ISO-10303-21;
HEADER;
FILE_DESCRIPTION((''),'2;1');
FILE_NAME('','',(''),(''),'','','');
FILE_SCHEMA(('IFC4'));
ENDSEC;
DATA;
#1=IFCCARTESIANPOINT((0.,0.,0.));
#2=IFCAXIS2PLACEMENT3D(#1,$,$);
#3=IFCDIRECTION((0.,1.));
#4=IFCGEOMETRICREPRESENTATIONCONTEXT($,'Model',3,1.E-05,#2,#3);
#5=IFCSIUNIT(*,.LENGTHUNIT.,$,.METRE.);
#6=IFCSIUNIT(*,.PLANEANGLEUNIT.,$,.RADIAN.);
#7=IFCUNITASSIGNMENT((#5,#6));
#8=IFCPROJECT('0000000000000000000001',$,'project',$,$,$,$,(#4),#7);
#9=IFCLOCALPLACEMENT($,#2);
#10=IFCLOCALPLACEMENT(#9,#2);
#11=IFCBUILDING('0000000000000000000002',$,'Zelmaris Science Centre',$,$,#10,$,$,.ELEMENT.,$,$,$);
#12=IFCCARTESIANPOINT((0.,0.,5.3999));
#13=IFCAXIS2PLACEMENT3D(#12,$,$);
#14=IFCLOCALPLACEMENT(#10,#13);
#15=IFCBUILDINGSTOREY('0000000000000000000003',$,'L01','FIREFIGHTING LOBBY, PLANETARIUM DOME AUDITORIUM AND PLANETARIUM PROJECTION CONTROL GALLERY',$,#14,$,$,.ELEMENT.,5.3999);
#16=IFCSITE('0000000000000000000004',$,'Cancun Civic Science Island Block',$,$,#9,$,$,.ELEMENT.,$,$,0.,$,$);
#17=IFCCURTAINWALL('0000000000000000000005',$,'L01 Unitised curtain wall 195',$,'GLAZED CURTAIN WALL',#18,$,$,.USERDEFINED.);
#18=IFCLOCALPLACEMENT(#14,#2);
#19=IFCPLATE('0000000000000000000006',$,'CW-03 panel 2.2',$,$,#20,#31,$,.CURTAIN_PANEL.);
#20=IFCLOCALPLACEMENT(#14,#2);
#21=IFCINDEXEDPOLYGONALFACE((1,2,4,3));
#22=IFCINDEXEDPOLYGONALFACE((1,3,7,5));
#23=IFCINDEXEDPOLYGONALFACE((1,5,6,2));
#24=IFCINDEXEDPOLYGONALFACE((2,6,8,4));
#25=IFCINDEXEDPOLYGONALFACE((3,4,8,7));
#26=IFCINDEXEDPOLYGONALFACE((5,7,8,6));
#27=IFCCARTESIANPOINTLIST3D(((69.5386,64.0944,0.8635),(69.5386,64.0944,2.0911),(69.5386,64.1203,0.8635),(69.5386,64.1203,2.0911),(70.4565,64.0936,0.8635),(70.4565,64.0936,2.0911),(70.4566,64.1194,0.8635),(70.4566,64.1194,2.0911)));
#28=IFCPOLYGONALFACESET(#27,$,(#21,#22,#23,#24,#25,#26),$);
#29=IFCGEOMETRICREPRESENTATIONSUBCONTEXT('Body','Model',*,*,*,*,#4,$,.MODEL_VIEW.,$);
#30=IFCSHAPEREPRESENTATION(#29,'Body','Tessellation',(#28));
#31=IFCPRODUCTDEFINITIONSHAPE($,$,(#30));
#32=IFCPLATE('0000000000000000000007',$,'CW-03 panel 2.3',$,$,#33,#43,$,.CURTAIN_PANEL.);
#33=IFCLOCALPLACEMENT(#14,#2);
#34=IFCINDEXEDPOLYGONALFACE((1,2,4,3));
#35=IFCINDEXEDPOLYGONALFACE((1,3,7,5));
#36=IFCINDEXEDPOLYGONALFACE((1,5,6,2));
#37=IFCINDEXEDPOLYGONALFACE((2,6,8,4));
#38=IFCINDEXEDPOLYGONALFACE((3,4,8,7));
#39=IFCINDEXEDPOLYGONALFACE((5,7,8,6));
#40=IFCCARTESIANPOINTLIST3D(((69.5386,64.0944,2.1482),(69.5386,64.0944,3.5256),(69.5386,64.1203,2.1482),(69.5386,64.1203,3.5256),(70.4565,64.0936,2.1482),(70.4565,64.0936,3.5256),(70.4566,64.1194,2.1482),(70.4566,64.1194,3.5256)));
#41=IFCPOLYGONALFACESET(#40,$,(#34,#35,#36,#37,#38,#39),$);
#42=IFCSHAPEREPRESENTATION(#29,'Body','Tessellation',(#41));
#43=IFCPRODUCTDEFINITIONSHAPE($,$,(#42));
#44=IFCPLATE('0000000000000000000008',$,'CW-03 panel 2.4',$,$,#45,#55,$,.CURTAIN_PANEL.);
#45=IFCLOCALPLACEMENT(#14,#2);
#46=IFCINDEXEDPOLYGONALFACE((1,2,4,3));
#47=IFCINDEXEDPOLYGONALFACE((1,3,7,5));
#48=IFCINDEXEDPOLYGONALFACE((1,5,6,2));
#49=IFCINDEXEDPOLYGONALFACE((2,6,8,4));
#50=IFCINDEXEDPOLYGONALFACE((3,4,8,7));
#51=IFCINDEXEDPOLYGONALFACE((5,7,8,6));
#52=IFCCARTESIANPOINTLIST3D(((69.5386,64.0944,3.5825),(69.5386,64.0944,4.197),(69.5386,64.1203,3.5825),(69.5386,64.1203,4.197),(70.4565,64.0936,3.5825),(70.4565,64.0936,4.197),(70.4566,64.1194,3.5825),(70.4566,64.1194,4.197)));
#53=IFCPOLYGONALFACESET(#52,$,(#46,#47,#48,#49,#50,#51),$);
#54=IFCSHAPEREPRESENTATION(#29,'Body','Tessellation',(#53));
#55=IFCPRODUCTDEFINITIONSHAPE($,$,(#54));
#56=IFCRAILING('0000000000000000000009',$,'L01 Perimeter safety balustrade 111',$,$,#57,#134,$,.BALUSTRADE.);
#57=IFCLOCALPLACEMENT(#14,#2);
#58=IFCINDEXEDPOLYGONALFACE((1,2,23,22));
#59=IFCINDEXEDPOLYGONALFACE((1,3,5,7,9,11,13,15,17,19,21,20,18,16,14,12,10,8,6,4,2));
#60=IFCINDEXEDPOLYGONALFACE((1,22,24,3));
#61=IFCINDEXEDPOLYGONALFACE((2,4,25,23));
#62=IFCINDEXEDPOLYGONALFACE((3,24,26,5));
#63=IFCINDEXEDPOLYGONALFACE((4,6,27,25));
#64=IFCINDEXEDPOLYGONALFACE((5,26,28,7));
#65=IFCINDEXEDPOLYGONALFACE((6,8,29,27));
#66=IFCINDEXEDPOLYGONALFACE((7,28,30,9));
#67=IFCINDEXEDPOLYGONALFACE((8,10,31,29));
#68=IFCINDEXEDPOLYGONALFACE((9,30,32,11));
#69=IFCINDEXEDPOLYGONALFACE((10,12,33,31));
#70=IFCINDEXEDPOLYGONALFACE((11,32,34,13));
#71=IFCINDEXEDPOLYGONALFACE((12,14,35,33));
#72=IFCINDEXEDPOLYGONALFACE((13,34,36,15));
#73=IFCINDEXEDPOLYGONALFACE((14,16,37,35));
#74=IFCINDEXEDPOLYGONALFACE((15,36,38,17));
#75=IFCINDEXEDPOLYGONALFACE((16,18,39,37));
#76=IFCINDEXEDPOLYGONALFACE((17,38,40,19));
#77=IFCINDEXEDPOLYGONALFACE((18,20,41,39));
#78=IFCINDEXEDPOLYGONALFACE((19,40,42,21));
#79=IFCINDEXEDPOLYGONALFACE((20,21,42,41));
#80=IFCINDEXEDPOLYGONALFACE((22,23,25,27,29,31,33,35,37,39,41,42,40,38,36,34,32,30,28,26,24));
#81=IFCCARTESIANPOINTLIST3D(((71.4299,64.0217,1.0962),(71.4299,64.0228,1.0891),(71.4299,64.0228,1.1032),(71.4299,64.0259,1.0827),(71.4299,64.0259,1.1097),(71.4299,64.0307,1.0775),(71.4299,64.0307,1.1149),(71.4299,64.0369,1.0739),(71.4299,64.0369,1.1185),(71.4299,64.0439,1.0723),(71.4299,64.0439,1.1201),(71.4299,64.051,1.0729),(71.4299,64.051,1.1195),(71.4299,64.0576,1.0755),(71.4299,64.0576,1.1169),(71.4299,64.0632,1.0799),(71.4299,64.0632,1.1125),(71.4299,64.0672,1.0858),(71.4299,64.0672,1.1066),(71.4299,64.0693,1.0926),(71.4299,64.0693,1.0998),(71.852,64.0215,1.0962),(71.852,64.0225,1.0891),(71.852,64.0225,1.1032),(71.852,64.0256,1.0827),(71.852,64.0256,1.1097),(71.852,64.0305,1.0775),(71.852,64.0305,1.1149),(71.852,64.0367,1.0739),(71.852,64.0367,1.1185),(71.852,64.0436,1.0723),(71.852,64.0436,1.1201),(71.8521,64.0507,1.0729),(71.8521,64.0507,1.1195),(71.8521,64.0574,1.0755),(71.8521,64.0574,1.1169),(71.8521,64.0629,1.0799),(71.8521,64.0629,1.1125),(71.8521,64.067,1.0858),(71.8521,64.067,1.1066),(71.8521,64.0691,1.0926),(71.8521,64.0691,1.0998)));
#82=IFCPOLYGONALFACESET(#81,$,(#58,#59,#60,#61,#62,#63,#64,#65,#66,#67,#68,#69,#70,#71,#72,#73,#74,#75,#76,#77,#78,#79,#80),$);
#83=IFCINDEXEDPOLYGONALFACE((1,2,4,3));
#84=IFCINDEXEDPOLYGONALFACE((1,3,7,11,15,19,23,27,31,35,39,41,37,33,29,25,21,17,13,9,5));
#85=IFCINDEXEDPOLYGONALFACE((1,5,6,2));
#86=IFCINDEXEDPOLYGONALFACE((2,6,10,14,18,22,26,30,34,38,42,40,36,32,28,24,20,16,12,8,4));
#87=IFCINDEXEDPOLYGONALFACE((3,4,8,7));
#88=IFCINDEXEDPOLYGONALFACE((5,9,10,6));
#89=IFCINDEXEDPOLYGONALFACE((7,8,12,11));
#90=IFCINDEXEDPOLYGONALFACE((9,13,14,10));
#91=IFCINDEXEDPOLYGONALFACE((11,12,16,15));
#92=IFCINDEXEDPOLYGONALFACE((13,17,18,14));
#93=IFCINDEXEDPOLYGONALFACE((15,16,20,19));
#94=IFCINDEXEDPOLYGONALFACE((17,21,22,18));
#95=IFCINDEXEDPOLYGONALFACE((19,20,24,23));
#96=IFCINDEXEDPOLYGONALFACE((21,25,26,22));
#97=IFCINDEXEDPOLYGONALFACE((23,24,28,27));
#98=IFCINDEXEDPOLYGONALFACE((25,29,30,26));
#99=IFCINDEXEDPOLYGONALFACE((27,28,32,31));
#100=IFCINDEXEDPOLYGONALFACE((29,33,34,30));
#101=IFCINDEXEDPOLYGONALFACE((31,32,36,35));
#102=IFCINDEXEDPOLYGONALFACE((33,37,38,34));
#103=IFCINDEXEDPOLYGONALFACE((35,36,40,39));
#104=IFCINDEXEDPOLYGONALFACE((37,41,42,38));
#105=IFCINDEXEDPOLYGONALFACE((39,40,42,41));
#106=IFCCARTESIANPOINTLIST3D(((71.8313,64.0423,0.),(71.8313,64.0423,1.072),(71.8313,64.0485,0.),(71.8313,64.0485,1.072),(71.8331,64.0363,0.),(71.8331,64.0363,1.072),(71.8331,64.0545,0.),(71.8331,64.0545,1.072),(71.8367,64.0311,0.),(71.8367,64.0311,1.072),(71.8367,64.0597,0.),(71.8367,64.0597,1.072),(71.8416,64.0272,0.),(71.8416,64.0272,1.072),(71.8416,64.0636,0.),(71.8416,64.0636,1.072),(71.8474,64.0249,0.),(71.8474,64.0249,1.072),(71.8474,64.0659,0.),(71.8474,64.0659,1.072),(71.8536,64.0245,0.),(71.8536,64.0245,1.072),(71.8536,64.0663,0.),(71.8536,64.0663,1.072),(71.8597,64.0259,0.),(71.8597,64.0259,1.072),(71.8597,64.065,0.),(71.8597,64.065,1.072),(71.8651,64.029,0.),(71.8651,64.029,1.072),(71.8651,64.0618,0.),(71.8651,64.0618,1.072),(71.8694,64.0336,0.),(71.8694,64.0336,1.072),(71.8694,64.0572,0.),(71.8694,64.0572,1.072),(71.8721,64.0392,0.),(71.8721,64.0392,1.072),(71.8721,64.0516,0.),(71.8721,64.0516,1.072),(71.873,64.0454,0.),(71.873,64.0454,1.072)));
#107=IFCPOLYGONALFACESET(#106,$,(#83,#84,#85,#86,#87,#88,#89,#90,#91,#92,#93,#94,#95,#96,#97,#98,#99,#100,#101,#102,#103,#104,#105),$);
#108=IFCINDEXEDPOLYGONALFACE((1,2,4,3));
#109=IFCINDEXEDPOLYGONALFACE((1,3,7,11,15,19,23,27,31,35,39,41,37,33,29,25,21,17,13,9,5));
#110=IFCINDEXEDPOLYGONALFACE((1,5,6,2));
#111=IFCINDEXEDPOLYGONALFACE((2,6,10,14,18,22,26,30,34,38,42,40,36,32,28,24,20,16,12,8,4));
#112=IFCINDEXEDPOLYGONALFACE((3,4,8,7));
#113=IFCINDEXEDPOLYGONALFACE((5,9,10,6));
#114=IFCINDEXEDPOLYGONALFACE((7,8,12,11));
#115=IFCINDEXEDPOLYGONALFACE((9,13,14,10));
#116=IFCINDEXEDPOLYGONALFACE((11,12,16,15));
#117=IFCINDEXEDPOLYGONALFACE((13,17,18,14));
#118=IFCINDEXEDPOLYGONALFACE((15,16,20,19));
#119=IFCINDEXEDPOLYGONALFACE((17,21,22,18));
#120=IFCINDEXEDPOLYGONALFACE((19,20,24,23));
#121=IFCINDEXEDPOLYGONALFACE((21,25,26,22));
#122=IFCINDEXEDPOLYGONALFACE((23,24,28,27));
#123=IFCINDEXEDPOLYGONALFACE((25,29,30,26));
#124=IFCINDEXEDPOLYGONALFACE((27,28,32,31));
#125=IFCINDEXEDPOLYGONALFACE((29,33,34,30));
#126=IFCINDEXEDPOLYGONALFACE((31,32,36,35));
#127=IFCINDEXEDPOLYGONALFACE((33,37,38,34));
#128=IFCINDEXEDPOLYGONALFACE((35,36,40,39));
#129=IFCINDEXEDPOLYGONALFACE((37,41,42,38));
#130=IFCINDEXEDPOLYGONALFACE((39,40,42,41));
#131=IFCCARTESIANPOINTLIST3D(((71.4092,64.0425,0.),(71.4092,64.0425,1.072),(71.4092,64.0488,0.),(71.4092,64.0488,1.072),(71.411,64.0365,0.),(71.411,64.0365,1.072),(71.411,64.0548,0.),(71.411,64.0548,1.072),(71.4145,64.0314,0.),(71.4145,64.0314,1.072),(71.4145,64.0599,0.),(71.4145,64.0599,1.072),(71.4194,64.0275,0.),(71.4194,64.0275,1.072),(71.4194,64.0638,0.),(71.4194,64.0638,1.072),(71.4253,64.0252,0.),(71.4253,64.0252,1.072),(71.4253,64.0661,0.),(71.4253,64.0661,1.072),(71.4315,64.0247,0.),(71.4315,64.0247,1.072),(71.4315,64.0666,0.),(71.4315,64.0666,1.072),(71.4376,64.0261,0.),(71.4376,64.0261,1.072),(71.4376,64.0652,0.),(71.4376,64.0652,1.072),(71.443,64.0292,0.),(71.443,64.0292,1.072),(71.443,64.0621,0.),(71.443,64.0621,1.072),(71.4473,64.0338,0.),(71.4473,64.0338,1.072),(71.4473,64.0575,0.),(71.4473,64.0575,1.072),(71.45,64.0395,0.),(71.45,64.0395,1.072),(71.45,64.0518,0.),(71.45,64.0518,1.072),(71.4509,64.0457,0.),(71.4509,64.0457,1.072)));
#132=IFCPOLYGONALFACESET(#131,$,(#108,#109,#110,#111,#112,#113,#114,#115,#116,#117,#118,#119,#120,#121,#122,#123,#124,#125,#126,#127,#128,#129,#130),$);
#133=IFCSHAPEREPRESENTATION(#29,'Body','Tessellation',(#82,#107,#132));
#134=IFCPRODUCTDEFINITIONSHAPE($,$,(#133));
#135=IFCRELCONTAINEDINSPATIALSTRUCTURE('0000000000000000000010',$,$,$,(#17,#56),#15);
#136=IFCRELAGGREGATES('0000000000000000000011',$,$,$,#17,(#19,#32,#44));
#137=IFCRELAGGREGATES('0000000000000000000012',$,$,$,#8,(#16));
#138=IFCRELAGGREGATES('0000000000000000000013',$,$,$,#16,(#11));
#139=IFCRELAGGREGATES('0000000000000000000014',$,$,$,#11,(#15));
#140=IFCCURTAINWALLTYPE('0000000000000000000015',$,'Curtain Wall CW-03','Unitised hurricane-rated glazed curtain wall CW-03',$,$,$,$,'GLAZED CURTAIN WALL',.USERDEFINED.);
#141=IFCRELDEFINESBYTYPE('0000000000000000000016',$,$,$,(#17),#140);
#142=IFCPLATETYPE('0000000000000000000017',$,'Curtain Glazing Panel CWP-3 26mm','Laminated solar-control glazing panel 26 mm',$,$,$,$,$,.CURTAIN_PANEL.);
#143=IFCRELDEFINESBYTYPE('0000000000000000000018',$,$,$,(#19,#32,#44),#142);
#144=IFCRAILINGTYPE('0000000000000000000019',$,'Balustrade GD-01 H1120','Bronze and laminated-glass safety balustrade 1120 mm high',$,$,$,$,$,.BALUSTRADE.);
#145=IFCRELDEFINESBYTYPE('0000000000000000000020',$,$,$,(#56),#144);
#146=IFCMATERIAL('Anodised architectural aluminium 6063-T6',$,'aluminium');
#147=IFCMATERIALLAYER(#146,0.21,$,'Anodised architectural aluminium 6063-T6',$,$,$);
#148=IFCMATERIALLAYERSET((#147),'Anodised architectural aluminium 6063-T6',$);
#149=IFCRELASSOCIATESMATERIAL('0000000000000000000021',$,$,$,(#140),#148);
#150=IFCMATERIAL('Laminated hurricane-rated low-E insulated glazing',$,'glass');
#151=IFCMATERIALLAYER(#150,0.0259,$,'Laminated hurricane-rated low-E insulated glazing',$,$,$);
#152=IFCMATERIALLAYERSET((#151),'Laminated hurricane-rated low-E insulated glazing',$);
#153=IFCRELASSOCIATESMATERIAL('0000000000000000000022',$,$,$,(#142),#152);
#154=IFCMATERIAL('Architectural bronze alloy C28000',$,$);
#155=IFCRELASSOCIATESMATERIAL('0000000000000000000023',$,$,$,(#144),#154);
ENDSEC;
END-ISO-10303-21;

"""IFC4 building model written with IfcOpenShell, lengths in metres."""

from ifc_helpers import new_model, si_unit, direction, frame, origin, origin_2d, place, context, subcontext, project, spatial, rectangle, circle, extrude, material, layer, layer_set, type_object, element, aggregate, save


model = new_model("IFC4")

# Units and contexts
model_context = context("Model", 3, precision=1e-05, world=origin(), true_north=direction((0.0, 1.0)))
body_context = subcontext(model_context, "Body", "Model", "MODEL_VIEW")
ifc_project = project(units=[si_unit("LENGTHUNIT", "METRE"), si_unit("PLANEANGLEUNIT", "RADIAN")], contexts=[model_context])

# Site, building, storey
site_placement = place(None, origin())
site = spatial("IfcSite", under=ifc_project, at=site_placement, Name="Cancun Civic Science Island Block", CompositionType="ELEMENT", RefElevation=0.0)
building_placement = place(site_placement, origin())
building = spatial("IfcBuilding", under=site, at=building_placement, Name="Zelmaris Science Centre", CompositionType="ELEMENT")
storey_placement = place(building_placement, frame((0.0, 0.0, 5.3999)))
storey = spatial("IfcBuildingStorey", under=building, at=storey_placement, Name="L01", Description="FIREFIGHTING LOBBY, PLANETARIUM DOME AUDITORIUM AND PLANETARIUM PROJECTION CONTROL GALLERY", CompositionType="ELEMENT", Elevation=5.3999)

# Curtain wall
ifc_material_1 = material(Name="Anodised architectural aluminium 6063-T6", Category="aluminium")
ifc_layer_1 = layer(ifc_material_1, 0.21, Name="Anodised architectural aluminium 6063-T6")
ifc_layer_set_1 = layer_set([ifc_layer_1], Name="Anodised architectural aluminium 6063-T6")
curtain_wall_type = type_object("IfcCurtainWallType", Name="Curtain Wall CW-03", Description="Unitised hurricane-rated glazed curtain wall CW-03", ElementType="GLAZED CURTAIN WALL", PredefinedType="USERDEFINED", material=ifc_layer_set_1)
curtain_wall_placement = place(storey_placement, origin())
curtain_wall = element("IfcCurtainWall", 1, at=curtain_wall_placement, inside=storey, type_object=curtain_wall_type, Name="L01 Unitised curtain wall 195", ObjectType="GLAZED CURTAIN WALL", PredefinedType="USERDEFINED")

# Plates
ifc_material_2 = material(Name="Laminated hurricane-rated low-E insulated glazing", Category="glass")
ifc_layer_2 = layer(ifc_material_2, 0.0259, Name="Laminated hurricane-rated low-E insulated glazing")
ifc_layer_set_2 = layer_set([ifc_layer_2], Name="Laminated hurricane-rated low-E insulated glazing")
plate_type = type_object("IfcPlateType", Name="Curtain Glazing Panel CWP-3 26mm", Description="Laminated solar-control glazing panel 26 mm", PredefinedType="CURTAIN_PANEL", material=ifc_layer_set_2)
plate_1_placement = place(storey_placement, frame((69.9976, 64.1069, 0.8635), z_axis=(0.0, 0.0, 1.0), x_axis=(-1.0, 0.000923, 0.0)))
plate_1 = element("IfcPlate", 2, at=plate_1_placement, type_object=plate_type, Name="CW-03 panel 2.2", PredefinedType="CURTAIN_PANEL", context=body_context, shape_type="SweptSolid", body=[
    extrude(rectangle(XDim=0.918, YDim=0.0259, at=origin_2d()), origin(), (0.0, 0.0, 1.0), 1.2275),
])
plate_2_placement = place(storey_placement, frame((69.9976, 64.1069, 2.1482), z_axis=(0.0, 0.0, 1.0), x_axis=(-1.0, 0.000923, 0.0)))
plate_2 = element("IfcPlate", 3, at=plate_2_placement, type_object=plate_type, Name="CW-03 panel 2.3", PredefinedType="CURTAIN_PANEL", context=body_context, shape_type="SweptSolid", body=[
    extrude(rectangle(XDim=0.918, YDim=0.0259, at=origin_2d()), origin(), (0.0, 0.0, 1.0), 1.3774),
])
plate_3_placement = place(storey_placement, frame((69.9976, 64.1069, 3.5825), z_axis=(0.0, 0.0, 1.0), x_axis=(-1.0, 0.000923, 0.0)))
plate_3 = element("IfcPlate", 4, at=plate_3_placement, type_object=plate_type, Name="CW-03 panel 2.4", PredefinedType="CURTAIN_PANEL", context=body_context, shape_type="SweptSolid", body=[
    extrude(rectangle(XDim=0.918, YDim=0.0259, at=origin_2d()), origin(), (0.0, 0.0, 1.0), 0.6145),
])
aggregate(curtain_wall, [plate_1, plate_2, plate_3])

# Railing
ifc_material_3 = material(Name="Architectural bronze alloy C28000")
railing_type = type_object("IfcRailingType", Name="Balustrade GD-01 H1120", Description="Bronze and laminated-glass safety balustrade 1120 mm high", PredefinedType="BALUSTRADE", material=ifc_material_3)
railing_placement = place(storey_placement, frame((71.8521, 64.0454, 0.0)))
element("IfcRailing", 5, at=railing_placement, inside=storey, type_object=railing_type, Name="L01 Perimeter safety balustrade 111", PredefinedType="BALUSTRADE", context=body_context, shape_type="SweptSolid", body=[
    extrude(circle(Radius=0.0239, at=origin_2d()), frame((0.0, 0.0, 1.0962), z_axis=(-1.0, 0.000578, 0.0), x_axis=(-0.000578, -1.0, 0.0)), (0.0, 0.0, 1.0), 0.4221),
    extrude(circle(Radius=0.021, at=origin_2d()), origin(), (0.0, 0.0, 1.0), 1.072),
    extrude(circle(Radius=0.021, at=origin_2d()), frame((-0.4221, 0.0002, 0.0)), (0.0, 0.0, 1.0), 1.072),
])

save(model, "model.ifc")
